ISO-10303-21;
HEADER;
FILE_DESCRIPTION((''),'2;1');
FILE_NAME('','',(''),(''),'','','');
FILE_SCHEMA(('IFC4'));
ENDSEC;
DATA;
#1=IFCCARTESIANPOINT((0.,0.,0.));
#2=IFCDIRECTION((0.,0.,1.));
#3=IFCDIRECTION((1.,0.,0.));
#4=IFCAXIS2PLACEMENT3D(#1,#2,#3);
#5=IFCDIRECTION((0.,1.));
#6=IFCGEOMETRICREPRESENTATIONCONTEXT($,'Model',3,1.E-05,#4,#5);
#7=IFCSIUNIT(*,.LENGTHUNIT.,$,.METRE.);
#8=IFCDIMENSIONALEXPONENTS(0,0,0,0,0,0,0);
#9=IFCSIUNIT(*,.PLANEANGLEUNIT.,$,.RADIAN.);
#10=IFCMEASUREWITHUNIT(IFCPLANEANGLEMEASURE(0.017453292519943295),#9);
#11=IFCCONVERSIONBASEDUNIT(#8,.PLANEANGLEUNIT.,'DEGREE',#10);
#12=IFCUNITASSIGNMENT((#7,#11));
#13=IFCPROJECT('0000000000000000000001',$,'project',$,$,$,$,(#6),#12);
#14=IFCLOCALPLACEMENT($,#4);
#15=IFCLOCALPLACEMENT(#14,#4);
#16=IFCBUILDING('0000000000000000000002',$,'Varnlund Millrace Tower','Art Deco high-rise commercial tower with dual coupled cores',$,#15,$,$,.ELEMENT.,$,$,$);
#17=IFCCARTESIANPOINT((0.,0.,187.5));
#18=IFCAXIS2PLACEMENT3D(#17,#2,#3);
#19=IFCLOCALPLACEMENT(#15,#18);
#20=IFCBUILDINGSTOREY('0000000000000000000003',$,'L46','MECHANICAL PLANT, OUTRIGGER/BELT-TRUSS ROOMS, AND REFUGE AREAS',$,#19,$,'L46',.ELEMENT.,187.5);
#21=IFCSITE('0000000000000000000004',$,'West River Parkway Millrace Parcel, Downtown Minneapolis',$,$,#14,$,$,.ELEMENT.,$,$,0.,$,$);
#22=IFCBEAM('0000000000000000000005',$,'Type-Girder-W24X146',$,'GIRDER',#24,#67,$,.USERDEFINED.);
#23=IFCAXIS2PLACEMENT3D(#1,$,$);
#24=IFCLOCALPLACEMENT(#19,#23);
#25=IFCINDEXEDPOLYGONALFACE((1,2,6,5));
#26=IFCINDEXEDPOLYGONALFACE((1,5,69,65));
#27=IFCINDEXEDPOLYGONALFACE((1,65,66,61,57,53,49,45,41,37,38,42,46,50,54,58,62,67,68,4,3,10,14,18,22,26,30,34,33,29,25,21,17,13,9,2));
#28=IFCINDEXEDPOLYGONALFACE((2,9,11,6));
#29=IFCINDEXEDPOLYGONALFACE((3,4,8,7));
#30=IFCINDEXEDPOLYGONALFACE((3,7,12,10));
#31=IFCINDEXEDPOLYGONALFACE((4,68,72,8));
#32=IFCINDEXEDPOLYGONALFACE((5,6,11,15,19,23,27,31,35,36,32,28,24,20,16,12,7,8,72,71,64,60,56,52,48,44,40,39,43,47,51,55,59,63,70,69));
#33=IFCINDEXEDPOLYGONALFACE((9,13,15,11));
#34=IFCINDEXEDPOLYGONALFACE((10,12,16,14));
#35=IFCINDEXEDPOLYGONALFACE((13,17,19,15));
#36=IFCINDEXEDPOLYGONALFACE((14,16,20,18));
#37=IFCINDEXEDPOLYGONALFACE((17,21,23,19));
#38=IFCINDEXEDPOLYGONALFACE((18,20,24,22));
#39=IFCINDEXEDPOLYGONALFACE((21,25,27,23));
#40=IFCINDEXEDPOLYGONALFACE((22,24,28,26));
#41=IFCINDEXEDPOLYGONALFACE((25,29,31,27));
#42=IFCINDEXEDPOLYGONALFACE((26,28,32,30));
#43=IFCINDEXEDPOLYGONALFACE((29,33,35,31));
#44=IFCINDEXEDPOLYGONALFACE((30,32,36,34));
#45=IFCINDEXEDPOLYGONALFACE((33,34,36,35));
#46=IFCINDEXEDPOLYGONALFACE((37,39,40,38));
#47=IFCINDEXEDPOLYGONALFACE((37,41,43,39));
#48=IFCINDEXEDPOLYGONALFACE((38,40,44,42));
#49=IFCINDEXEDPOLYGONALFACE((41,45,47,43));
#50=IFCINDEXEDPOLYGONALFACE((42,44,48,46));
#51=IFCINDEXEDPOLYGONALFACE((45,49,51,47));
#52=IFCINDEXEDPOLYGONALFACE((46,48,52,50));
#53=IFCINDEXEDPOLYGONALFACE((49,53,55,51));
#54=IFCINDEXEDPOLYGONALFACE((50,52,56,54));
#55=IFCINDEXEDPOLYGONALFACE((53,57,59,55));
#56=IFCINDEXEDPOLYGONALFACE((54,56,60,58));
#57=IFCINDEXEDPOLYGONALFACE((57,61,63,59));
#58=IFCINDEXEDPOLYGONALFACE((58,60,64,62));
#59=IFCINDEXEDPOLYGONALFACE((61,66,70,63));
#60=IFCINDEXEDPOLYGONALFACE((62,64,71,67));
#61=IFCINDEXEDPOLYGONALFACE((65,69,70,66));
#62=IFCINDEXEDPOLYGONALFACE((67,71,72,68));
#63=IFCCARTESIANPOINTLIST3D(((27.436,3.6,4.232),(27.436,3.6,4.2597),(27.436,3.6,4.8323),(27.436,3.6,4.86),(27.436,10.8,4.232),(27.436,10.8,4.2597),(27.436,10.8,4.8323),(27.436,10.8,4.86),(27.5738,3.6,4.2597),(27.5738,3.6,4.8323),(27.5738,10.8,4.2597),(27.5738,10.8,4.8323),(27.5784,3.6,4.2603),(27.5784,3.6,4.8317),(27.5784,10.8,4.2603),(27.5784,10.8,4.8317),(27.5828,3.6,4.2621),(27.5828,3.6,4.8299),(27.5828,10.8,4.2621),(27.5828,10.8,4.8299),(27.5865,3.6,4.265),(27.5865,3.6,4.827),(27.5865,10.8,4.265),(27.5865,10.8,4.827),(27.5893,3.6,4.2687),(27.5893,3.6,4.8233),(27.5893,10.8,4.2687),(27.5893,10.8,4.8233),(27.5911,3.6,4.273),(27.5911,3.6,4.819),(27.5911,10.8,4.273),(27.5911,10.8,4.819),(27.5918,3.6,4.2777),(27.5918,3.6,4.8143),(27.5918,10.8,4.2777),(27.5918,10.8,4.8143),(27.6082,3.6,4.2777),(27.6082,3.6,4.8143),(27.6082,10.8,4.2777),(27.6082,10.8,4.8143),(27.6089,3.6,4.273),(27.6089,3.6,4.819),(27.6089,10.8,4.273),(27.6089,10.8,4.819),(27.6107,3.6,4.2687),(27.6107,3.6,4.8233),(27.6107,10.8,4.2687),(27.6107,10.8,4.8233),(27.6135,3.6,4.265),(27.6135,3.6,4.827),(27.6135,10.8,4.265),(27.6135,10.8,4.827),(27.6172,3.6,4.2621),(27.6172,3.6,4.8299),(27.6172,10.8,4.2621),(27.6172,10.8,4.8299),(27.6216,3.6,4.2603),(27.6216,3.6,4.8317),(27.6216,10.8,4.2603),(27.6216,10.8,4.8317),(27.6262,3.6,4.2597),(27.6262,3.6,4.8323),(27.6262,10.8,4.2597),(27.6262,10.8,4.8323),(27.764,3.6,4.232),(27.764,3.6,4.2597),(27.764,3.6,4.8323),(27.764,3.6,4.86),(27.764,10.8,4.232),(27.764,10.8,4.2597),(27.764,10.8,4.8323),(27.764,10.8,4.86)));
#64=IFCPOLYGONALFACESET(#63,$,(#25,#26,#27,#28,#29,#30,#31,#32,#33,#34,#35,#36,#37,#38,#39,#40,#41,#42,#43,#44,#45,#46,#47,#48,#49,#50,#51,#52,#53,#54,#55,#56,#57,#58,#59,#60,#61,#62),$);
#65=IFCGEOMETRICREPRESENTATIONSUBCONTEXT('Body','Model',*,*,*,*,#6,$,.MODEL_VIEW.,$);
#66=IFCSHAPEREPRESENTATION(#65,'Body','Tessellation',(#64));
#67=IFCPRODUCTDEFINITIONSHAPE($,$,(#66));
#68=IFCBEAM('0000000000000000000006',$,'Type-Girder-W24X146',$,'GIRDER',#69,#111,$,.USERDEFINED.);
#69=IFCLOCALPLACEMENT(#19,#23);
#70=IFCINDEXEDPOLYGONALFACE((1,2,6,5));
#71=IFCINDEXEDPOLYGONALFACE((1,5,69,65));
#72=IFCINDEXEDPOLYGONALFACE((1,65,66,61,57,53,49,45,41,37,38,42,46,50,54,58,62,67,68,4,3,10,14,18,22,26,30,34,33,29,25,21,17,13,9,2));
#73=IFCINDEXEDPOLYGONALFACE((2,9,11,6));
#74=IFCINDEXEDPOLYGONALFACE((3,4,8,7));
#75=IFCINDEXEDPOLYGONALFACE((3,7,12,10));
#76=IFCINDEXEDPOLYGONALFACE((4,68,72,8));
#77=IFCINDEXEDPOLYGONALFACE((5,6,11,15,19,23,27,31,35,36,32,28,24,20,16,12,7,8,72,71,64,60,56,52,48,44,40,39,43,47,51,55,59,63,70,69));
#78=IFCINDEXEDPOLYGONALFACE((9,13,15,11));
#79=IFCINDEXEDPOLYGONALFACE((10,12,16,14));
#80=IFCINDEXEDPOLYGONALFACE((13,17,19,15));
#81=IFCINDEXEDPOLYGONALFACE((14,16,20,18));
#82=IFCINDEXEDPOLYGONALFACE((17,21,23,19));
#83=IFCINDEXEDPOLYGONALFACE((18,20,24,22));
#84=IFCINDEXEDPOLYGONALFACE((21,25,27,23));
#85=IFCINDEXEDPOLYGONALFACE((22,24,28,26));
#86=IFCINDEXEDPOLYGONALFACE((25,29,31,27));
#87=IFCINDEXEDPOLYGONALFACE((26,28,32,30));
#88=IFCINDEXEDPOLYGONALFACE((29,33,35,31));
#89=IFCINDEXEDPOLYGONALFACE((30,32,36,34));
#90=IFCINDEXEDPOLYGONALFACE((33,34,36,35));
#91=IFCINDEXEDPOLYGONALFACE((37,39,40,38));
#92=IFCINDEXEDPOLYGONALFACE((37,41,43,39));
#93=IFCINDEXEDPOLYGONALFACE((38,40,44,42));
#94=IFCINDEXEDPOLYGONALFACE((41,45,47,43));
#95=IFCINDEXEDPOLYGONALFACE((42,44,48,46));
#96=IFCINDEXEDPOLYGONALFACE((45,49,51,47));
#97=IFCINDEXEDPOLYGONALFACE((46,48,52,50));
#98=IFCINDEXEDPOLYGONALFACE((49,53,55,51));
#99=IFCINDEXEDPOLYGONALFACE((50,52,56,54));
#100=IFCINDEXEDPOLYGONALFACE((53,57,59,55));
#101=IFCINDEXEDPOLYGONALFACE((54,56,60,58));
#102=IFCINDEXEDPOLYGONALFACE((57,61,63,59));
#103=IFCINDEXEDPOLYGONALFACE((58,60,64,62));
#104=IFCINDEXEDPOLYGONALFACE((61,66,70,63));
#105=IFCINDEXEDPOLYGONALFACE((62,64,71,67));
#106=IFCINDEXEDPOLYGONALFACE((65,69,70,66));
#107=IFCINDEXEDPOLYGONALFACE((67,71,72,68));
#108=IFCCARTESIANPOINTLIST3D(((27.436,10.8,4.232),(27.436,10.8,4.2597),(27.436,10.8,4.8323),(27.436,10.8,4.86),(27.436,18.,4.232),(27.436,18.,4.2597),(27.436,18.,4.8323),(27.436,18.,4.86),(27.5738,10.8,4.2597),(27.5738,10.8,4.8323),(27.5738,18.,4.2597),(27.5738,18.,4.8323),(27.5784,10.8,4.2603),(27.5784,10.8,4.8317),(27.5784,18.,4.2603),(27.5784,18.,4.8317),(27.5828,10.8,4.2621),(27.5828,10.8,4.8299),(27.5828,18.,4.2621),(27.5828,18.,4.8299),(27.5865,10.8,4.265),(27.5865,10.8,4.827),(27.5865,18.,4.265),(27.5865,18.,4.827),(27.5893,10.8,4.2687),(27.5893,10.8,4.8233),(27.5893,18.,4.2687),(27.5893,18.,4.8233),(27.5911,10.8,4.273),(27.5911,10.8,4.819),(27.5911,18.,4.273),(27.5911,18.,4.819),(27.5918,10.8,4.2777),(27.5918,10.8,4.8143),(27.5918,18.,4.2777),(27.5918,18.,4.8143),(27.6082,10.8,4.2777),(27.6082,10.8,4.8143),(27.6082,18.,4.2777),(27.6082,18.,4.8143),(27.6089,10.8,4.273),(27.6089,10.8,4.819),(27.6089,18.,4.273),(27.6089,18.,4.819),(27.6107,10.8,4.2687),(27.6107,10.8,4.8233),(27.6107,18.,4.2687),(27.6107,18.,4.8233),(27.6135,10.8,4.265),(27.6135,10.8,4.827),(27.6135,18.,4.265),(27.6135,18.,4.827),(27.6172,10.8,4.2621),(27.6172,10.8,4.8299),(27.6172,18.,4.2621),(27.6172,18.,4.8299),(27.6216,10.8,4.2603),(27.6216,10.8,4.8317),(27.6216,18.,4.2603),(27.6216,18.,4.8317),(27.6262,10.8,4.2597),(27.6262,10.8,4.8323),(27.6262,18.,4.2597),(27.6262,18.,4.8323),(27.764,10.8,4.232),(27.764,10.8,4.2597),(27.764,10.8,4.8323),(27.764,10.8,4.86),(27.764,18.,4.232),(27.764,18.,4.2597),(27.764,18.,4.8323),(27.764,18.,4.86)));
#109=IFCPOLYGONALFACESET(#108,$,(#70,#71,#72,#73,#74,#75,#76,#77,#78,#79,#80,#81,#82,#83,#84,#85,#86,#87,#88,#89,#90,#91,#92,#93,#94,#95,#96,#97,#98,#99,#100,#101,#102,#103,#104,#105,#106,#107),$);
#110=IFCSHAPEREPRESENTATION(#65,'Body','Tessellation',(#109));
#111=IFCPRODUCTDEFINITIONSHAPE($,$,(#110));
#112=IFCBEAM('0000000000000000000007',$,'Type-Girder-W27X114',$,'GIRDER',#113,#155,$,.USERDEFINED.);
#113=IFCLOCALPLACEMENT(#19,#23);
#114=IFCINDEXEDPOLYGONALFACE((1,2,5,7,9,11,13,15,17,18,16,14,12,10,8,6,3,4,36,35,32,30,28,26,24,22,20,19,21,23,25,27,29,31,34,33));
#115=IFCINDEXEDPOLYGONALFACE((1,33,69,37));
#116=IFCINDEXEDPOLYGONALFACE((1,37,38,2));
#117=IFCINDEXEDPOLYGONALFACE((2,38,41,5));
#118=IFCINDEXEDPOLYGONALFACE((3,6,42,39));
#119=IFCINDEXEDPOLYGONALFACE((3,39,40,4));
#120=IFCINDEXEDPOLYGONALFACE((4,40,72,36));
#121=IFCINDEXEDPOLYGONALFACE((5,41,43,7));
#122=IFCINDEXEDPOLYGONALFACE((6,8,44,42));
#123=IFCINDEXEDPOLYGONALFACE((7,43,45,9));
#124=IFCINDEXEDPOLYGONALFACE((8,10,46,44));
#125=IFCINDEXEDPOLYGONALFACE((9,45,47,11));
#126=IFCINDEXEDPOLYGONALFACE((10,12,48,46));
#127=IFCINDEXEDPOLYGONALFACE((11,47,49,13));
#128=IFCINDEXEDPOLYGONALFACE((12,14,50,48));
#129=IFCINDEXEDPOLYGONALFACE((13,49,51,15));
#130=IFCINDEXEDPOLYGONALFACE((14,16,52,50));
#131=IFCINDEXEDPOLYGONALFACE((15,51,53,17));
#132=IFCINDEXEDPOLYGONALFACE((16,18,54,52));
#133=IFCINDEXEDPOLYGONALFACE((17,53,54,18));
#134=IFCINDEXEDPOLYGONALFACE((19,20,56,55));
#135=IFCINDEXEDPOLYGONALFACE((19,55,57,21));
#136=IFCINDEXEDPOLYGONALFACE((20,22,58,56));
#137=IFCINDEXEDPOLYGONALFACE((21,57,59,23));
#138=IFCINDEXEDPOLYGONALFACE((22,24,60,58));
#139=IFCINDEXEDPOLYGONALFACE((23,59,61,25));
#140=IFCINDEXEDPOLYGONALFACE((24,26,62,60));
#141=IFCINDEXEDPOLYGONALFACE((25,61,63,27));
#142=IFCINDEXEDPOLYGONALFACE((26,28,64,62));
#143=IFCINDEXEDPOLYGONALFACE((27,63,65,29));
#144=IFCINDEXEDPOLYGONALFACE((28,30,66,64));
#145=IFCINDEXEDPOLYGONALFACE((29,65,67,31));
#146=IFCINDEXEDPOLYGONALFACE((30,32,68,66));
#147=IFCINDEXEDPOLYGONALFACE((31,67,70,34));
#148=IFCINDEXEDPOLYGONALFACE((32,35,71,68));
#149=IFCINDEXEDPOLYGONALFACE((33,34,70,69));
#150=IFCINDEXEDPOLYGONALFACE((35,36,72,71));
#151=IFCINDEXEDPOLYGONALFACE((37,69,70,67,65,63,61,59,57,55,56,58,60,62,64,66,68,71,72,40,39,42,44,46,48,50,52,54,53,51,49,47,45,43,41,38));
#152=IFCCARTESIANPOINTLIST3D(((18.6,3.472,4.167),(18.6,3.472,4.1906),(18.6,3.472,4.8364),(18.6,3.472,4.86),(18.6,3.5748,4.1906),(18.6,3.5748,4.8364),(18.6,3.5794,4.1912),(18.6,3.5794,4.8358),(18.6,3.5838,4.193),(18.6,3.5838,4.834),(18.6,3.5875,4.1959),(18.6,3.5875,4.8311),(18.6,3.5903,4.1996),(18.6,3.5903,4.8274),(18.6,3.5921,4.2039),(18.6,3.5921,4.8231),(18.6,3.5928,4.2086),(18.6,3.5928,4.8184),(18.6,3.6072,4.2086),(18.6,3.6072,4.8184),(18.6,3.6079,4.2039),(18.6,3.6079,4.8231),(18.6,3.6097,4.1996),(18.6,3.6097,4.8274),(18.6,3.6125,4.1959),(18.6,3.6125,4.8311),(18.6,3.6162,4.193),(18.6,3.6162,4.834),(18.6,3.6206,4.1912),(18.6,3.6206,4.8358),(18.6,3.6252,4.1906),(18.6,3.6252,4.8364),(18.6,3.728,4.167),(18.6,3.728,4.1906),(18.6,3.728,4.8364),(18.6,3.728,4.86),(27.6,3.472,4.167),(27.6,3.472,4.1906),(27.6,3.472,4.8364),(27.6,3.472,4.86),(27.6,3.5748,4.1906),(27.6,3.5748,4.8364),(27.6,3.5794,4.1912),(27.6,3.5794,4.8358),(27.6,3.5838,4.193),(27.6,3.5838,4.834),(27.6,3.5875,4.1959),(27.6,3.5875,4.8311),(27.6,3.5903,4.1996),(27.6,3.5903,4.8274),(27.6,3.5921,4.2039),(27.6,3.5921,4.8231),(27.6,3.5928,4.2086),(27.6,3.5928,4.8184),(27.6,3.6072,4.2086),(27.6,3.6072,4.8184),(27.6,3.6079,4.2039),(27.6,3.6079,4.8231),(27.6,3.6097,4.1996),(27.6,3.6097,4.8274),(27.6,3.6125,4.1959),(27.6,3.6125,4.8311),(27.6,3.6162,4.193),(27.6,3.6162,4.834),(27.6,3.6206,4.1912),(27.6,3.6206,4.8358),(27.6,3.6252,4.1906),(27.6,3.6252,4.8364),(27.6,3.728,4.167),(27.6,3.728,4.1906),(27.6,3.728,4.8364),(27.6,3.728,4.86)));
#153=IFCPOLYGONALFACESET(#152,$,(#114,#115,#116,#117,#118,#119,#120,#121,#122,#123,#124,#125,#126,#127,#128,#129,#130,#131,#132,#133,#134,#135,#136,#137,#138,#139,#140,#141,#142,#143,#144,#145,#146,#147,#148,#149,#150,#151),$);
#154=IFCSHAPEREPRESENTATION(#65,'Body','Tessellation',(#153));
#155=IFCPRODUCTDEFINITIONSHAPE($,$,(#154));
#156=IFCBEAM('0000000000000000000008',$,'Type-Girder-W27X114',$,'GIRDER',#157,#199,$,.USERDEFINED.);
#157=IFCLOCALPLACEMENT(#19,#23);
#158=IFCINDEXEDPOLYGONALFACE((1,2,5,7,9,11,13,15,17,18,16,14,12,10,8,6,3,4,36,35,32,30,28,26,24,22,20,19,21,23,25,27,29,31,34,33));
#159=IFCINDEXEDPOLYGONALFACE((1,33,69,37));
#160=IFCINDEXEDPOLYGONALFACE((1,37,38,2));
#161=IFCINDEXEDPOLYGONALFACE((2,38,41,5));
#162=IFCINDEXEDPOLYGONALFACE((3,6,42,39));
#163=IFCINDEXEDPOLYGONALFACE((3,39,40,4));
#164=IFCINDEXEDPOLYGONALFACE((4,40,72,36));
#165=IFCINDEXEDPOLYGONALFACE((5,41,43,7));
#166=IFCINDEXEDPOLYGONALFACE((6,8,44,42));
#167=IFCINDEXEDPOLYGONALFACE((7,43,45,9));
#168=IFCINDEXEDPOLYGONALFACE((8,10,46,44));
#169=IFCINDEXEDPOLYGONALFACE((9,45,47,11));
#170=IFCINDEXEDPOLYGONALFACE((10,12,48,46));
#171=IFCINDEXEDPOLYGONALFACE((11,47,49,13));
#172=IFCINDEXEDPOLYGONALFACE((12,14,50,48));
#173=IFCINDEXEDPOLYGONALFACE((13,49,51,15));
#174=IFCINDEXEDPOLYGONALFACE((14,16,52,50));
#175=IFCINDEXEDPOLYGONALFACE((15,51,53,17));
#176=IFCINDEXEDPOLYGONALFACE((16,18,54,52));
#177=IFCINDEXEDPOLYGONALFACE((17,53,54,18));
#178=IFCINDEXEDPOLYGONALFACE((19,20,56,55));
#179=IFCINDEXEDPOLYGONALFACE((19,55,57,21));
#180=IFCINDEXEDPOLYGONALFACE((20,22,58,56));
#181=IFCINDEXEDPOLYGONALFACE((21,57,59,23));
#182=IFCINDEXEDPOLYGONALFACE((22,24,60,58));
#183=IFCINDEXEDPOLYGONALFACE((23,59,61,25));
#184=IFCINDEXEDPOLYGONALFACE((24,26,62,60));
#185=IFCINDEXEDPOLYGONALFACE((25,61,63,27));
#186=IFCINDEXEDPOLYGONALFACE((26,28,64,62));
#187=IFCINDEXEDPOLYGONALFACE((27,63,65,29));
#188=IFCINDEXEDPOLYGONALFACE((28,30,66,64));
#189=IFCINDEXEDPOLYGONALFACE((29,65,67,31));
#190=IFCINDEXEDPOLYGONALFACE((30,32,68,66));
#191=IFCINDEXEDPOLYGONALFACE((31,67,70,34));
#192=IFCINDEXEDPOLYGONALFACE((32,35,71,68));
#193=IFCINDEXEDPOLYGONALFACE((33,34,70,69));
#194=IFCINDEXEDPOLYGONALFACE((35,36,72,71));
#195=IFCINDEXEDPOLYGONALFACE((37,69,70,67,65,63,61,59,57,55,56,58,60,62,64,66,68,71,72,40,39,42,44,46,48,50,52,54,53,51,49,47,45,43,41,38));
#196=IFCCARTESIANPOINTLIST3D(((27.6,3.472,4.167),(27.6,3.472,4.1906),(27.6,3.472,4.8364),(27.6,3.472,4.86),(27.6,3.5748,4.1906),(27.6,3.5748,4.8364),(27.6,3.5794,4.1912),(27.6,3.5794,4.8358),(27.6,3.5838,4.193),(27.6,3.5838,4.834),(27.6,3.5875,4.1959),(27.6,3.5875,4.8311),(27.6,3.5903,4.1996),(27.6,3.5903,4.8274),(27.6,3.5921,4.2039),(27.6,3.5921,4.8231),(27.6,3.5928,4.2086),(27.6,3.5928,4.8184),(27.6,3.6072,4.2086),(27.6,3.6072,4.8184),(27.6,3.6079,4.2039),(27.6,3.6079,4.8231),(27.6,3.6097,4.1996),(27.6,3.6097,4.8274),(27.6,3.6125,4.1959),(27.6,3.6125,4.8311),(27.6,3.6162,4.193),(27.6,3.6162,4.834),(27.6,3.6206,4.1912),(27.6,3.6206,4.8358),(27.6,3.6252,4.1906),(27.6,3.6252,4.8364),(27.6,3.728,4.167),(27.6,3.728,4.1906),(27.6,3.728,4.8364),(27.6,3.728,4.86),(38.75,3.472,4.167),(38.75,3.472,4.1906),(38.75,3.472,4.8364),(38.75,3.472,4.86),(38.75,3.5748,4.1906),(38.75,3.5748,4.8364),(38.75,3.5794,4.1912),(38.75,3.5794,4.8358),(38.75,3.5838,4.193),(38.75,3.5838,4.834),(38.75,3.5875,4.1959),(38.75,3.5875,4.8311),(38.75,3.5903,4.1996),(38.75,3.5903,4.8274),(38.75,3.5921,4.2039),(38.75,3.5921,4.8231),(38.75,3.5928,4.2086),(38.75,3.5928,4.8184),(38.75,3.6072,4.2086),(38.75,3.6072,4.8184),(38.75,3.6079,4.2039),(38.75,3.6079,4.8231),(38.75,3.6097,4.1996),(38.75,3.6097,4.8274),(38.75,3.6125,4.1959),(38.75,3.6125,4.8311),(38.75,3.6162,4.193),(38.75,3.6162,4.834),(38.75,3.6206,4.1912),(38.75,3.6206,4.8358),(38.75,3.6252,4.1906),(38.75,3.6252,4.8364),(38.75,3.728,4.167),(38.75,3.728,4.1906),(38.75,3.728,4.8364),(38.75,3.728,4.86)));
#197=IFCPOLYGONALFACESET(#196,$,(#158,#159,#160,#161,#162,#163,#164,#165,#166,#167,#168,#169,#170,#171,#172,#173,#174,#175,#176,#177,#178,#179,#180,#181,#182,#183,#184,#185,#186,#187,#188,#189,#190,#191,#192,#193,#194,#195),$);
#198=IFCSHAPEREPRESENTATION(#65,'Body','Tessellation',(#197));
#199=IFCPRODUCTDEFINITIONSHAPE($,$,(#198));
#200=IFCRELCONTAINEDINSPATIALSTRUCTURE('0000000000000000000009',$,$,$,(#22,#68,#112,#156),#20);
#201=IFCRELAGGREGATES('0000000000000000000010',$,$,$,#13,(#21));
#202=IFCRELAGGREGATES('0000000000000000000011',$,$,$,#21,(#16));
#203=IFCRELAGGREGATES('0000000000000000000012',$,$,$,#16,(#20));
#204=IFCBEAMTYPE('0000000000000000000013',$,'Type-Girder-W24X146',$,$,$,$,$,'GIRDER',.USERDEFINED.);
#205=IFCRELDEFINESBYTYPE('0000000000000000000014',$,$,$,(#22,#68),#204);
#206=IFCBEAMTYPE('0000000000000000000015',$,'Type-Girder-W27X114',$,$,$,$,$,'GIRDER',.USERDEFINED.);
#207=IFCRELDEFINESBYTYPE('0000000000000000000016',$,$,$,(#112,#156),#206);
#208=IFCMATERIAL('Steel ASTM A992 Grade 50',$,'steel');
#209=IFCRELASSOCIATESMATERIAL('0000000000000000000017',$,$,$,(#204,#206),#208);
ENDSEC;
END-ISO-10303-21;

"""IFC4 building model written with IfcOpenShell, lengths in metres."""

from ifc_helpers import new_model, entity, si_unit, converted_unit, direction, frame, origin_with_axes, origin_2d_with_axis, place, context, subcontext, project, spatial, i_section, extrude, material, material_profile, profile_set, type_object, element, save


model = new_model("IFC4")

# Units and contexts
model_context = context("Model", 3, precision=1e-05, world=origin_with_axes(), true_north=direction((0.0, 1.0)))
body_context = subcontext(model_context, "Body", "Model", "MODEL_VIEW")
ifc_project = project(units=[si_unit("LENGTHUNIT", "METRE"), converted_unit("PLANEANGLEUNIT", "DEGREE", entity("IfcPlaneAngleMeasure", 0.017453292519943295), si_unit("PLANEANGLEUNIT", "RADIAN"), dimensions=[0, 0, 0, 0, 0, 0, 0])], contexts=[model_context])

# Site, building, storey
site_placement = place(None, origin_with_axes())
site = spatial("IfcSite", under=ifc_project, at=site_placement, Name="West River Parkway Millrace Parcel, Downtown Minneapolis", CompositionType="ELEMENT", RefElevation=0.0)
building_placement = place(site_placement, origin_with_axes())
building = spatial("IfcBuilding", under=site, at=building_placement, Name="Varnlund Millrace Tower", Description="Art Deco high-rise commercial tower with dual coupled cores", CompositionType="ELEMENT")
storey_placement = place(building_placement, frame((0.0, 0.0, 187.5), z_axis=(0.0, 0.0, 1.0), x_axis=(1.0, 0.0, 0.0)))
storey = spatial("IfcBuildingStorey", under=building, at=storey_placement, Name="L46", Description="MECHANICAL PLANT, OUTRIGGER/BELT-TRUSS ROOMS, AND REFUGE AREAS", LongName="L46", CompositionType="ELEMENT", Elevation=187.5)

# Shared definitions
ifc_material_1 = material(Name="Steel ASTM A992 Grade 50", Category="steel")

# Beams
ifc_material_profile_1 = material_profile(ifc_material_1, i_section(OverallWidth=0.328, OverallDepth=0.628, WebThickness=0.0165, FlangeThickness=0.0277, FilletRadius=0.018, at=origin_2d_with_axis()), Name="Steel ASTM A992 Grade 50")
ifc_profile_set_1 = profile_set([ifc_material_profile_1], Name="Steel ASTM A992 Grade 50")
beam_type_1 = type_object("IfcBeamType", Name="Type-Girder-W24X146", ElementType="GIRDER", PredefinedType="USERDEFINED", material=ifc_profile_set_1)
for number, where, z_axis, x_axis, name in (
    (1, (27.6, 3.6, 4.546), (0.0, 1.0, 0.0), (-1.0, 0.0, 0.0), "Type-Girder-W24X146"),
    (2, (27.6, 10.8, 4.546), (0.0, 1.0, 0.0), (-1.0, 0.0, 0.0), "Type-Girder-W24X146"),
):
    element("IfcBeam", number, at=place(storey_placement, frame(where, z_axis=z_axis, x_axis=x_axis)), inside=storey, type_object=beam_type_1, Name=name, ObjectType="GIRDER", PredefinedType="USERDEFINED", context=body_context, shape_type="SweptSolid", body=[
        extrude(i_section(OverallWidth=0.328, OverallDepth=0.628, WebThickness=0.0165, FlangeThickness=0.0277, FilletRadius=0.018, at=origin_2d_with_axis()), origin_with_axes(), (0.0, 0.0, 1.0), 7.2),
    ])
ifc_material_profile_2 = material_profile(ifc_material_1, i_section(OverallWidth=0.256, OverallDepth=0.693, WebThickness=0.0145, FlangeThickness=0.0236, FilletRadius=0.018, at=origin_2d_with_axis()), Name="Steel ASTM A992 Grade 50")
ifc_profile_set_2 = profile_set([ifc_material_profile_2], Name="Steel ASTM A992 Grade 50")
beam_type_2 = type_object("IfcBeamType", Name="Type-Girder-W27X114", ElementType="GIRDER", PredefinedType="USERDEFINED", material=ifc_profile_set_2)
beam_1_placement = place(storey_placement, frame((18.6, 3.6, 4.5135), z_axis=(1.0, 0.0, 0.0), x_axis=(0.0, 1.0, 0.0)))
element("IfcBeam", 3, at=beam_1_placement, inside=storey, type_object=beam_type_2, Name="Type-Girder-W27X114", ObjectType="GIRDER", PredefinedType="USERDEFINED", context=body_context, shape_type="SweptSolid", body=[
    extrude(i_section(OverallWidth=0.256, OverallDepth=0.693, WebThickness=0.0145, FlangeThickness=0.0236, FilletRadius=0.018, at=origin_2d_with_axis()), origin_with_axes(), (0.0, 0.0, 1.0), 9.0),
])
beam_2_placement = place(storey_placement, frame((27.6, 3.6, 4.5135), z_axis=(1.0, 0.0, 0.0), x_axis=(0.0, 1.0, 0.0)))
element("IfcBeam", 4, at=beam_2_placement, inside=storey, type_object=beam_type_2, Name="Type-Girder-W27X114", ObjectType="GIRDER", PredefinedType="USERDEFINED", context=body_context, shape_type="SweptSolid", body=[
    extrude(i_section(OverallWidth=0.256, OverallDepth=0.693, WebThickness=0.0145, FlangeThickness=0.0236, FilletRadius=0.018, at=origin_2d_with_axis()), origin_with_axes(), (0.0, 0.0, 1.0), 11.15),
])

save(model, "model.ifc")
